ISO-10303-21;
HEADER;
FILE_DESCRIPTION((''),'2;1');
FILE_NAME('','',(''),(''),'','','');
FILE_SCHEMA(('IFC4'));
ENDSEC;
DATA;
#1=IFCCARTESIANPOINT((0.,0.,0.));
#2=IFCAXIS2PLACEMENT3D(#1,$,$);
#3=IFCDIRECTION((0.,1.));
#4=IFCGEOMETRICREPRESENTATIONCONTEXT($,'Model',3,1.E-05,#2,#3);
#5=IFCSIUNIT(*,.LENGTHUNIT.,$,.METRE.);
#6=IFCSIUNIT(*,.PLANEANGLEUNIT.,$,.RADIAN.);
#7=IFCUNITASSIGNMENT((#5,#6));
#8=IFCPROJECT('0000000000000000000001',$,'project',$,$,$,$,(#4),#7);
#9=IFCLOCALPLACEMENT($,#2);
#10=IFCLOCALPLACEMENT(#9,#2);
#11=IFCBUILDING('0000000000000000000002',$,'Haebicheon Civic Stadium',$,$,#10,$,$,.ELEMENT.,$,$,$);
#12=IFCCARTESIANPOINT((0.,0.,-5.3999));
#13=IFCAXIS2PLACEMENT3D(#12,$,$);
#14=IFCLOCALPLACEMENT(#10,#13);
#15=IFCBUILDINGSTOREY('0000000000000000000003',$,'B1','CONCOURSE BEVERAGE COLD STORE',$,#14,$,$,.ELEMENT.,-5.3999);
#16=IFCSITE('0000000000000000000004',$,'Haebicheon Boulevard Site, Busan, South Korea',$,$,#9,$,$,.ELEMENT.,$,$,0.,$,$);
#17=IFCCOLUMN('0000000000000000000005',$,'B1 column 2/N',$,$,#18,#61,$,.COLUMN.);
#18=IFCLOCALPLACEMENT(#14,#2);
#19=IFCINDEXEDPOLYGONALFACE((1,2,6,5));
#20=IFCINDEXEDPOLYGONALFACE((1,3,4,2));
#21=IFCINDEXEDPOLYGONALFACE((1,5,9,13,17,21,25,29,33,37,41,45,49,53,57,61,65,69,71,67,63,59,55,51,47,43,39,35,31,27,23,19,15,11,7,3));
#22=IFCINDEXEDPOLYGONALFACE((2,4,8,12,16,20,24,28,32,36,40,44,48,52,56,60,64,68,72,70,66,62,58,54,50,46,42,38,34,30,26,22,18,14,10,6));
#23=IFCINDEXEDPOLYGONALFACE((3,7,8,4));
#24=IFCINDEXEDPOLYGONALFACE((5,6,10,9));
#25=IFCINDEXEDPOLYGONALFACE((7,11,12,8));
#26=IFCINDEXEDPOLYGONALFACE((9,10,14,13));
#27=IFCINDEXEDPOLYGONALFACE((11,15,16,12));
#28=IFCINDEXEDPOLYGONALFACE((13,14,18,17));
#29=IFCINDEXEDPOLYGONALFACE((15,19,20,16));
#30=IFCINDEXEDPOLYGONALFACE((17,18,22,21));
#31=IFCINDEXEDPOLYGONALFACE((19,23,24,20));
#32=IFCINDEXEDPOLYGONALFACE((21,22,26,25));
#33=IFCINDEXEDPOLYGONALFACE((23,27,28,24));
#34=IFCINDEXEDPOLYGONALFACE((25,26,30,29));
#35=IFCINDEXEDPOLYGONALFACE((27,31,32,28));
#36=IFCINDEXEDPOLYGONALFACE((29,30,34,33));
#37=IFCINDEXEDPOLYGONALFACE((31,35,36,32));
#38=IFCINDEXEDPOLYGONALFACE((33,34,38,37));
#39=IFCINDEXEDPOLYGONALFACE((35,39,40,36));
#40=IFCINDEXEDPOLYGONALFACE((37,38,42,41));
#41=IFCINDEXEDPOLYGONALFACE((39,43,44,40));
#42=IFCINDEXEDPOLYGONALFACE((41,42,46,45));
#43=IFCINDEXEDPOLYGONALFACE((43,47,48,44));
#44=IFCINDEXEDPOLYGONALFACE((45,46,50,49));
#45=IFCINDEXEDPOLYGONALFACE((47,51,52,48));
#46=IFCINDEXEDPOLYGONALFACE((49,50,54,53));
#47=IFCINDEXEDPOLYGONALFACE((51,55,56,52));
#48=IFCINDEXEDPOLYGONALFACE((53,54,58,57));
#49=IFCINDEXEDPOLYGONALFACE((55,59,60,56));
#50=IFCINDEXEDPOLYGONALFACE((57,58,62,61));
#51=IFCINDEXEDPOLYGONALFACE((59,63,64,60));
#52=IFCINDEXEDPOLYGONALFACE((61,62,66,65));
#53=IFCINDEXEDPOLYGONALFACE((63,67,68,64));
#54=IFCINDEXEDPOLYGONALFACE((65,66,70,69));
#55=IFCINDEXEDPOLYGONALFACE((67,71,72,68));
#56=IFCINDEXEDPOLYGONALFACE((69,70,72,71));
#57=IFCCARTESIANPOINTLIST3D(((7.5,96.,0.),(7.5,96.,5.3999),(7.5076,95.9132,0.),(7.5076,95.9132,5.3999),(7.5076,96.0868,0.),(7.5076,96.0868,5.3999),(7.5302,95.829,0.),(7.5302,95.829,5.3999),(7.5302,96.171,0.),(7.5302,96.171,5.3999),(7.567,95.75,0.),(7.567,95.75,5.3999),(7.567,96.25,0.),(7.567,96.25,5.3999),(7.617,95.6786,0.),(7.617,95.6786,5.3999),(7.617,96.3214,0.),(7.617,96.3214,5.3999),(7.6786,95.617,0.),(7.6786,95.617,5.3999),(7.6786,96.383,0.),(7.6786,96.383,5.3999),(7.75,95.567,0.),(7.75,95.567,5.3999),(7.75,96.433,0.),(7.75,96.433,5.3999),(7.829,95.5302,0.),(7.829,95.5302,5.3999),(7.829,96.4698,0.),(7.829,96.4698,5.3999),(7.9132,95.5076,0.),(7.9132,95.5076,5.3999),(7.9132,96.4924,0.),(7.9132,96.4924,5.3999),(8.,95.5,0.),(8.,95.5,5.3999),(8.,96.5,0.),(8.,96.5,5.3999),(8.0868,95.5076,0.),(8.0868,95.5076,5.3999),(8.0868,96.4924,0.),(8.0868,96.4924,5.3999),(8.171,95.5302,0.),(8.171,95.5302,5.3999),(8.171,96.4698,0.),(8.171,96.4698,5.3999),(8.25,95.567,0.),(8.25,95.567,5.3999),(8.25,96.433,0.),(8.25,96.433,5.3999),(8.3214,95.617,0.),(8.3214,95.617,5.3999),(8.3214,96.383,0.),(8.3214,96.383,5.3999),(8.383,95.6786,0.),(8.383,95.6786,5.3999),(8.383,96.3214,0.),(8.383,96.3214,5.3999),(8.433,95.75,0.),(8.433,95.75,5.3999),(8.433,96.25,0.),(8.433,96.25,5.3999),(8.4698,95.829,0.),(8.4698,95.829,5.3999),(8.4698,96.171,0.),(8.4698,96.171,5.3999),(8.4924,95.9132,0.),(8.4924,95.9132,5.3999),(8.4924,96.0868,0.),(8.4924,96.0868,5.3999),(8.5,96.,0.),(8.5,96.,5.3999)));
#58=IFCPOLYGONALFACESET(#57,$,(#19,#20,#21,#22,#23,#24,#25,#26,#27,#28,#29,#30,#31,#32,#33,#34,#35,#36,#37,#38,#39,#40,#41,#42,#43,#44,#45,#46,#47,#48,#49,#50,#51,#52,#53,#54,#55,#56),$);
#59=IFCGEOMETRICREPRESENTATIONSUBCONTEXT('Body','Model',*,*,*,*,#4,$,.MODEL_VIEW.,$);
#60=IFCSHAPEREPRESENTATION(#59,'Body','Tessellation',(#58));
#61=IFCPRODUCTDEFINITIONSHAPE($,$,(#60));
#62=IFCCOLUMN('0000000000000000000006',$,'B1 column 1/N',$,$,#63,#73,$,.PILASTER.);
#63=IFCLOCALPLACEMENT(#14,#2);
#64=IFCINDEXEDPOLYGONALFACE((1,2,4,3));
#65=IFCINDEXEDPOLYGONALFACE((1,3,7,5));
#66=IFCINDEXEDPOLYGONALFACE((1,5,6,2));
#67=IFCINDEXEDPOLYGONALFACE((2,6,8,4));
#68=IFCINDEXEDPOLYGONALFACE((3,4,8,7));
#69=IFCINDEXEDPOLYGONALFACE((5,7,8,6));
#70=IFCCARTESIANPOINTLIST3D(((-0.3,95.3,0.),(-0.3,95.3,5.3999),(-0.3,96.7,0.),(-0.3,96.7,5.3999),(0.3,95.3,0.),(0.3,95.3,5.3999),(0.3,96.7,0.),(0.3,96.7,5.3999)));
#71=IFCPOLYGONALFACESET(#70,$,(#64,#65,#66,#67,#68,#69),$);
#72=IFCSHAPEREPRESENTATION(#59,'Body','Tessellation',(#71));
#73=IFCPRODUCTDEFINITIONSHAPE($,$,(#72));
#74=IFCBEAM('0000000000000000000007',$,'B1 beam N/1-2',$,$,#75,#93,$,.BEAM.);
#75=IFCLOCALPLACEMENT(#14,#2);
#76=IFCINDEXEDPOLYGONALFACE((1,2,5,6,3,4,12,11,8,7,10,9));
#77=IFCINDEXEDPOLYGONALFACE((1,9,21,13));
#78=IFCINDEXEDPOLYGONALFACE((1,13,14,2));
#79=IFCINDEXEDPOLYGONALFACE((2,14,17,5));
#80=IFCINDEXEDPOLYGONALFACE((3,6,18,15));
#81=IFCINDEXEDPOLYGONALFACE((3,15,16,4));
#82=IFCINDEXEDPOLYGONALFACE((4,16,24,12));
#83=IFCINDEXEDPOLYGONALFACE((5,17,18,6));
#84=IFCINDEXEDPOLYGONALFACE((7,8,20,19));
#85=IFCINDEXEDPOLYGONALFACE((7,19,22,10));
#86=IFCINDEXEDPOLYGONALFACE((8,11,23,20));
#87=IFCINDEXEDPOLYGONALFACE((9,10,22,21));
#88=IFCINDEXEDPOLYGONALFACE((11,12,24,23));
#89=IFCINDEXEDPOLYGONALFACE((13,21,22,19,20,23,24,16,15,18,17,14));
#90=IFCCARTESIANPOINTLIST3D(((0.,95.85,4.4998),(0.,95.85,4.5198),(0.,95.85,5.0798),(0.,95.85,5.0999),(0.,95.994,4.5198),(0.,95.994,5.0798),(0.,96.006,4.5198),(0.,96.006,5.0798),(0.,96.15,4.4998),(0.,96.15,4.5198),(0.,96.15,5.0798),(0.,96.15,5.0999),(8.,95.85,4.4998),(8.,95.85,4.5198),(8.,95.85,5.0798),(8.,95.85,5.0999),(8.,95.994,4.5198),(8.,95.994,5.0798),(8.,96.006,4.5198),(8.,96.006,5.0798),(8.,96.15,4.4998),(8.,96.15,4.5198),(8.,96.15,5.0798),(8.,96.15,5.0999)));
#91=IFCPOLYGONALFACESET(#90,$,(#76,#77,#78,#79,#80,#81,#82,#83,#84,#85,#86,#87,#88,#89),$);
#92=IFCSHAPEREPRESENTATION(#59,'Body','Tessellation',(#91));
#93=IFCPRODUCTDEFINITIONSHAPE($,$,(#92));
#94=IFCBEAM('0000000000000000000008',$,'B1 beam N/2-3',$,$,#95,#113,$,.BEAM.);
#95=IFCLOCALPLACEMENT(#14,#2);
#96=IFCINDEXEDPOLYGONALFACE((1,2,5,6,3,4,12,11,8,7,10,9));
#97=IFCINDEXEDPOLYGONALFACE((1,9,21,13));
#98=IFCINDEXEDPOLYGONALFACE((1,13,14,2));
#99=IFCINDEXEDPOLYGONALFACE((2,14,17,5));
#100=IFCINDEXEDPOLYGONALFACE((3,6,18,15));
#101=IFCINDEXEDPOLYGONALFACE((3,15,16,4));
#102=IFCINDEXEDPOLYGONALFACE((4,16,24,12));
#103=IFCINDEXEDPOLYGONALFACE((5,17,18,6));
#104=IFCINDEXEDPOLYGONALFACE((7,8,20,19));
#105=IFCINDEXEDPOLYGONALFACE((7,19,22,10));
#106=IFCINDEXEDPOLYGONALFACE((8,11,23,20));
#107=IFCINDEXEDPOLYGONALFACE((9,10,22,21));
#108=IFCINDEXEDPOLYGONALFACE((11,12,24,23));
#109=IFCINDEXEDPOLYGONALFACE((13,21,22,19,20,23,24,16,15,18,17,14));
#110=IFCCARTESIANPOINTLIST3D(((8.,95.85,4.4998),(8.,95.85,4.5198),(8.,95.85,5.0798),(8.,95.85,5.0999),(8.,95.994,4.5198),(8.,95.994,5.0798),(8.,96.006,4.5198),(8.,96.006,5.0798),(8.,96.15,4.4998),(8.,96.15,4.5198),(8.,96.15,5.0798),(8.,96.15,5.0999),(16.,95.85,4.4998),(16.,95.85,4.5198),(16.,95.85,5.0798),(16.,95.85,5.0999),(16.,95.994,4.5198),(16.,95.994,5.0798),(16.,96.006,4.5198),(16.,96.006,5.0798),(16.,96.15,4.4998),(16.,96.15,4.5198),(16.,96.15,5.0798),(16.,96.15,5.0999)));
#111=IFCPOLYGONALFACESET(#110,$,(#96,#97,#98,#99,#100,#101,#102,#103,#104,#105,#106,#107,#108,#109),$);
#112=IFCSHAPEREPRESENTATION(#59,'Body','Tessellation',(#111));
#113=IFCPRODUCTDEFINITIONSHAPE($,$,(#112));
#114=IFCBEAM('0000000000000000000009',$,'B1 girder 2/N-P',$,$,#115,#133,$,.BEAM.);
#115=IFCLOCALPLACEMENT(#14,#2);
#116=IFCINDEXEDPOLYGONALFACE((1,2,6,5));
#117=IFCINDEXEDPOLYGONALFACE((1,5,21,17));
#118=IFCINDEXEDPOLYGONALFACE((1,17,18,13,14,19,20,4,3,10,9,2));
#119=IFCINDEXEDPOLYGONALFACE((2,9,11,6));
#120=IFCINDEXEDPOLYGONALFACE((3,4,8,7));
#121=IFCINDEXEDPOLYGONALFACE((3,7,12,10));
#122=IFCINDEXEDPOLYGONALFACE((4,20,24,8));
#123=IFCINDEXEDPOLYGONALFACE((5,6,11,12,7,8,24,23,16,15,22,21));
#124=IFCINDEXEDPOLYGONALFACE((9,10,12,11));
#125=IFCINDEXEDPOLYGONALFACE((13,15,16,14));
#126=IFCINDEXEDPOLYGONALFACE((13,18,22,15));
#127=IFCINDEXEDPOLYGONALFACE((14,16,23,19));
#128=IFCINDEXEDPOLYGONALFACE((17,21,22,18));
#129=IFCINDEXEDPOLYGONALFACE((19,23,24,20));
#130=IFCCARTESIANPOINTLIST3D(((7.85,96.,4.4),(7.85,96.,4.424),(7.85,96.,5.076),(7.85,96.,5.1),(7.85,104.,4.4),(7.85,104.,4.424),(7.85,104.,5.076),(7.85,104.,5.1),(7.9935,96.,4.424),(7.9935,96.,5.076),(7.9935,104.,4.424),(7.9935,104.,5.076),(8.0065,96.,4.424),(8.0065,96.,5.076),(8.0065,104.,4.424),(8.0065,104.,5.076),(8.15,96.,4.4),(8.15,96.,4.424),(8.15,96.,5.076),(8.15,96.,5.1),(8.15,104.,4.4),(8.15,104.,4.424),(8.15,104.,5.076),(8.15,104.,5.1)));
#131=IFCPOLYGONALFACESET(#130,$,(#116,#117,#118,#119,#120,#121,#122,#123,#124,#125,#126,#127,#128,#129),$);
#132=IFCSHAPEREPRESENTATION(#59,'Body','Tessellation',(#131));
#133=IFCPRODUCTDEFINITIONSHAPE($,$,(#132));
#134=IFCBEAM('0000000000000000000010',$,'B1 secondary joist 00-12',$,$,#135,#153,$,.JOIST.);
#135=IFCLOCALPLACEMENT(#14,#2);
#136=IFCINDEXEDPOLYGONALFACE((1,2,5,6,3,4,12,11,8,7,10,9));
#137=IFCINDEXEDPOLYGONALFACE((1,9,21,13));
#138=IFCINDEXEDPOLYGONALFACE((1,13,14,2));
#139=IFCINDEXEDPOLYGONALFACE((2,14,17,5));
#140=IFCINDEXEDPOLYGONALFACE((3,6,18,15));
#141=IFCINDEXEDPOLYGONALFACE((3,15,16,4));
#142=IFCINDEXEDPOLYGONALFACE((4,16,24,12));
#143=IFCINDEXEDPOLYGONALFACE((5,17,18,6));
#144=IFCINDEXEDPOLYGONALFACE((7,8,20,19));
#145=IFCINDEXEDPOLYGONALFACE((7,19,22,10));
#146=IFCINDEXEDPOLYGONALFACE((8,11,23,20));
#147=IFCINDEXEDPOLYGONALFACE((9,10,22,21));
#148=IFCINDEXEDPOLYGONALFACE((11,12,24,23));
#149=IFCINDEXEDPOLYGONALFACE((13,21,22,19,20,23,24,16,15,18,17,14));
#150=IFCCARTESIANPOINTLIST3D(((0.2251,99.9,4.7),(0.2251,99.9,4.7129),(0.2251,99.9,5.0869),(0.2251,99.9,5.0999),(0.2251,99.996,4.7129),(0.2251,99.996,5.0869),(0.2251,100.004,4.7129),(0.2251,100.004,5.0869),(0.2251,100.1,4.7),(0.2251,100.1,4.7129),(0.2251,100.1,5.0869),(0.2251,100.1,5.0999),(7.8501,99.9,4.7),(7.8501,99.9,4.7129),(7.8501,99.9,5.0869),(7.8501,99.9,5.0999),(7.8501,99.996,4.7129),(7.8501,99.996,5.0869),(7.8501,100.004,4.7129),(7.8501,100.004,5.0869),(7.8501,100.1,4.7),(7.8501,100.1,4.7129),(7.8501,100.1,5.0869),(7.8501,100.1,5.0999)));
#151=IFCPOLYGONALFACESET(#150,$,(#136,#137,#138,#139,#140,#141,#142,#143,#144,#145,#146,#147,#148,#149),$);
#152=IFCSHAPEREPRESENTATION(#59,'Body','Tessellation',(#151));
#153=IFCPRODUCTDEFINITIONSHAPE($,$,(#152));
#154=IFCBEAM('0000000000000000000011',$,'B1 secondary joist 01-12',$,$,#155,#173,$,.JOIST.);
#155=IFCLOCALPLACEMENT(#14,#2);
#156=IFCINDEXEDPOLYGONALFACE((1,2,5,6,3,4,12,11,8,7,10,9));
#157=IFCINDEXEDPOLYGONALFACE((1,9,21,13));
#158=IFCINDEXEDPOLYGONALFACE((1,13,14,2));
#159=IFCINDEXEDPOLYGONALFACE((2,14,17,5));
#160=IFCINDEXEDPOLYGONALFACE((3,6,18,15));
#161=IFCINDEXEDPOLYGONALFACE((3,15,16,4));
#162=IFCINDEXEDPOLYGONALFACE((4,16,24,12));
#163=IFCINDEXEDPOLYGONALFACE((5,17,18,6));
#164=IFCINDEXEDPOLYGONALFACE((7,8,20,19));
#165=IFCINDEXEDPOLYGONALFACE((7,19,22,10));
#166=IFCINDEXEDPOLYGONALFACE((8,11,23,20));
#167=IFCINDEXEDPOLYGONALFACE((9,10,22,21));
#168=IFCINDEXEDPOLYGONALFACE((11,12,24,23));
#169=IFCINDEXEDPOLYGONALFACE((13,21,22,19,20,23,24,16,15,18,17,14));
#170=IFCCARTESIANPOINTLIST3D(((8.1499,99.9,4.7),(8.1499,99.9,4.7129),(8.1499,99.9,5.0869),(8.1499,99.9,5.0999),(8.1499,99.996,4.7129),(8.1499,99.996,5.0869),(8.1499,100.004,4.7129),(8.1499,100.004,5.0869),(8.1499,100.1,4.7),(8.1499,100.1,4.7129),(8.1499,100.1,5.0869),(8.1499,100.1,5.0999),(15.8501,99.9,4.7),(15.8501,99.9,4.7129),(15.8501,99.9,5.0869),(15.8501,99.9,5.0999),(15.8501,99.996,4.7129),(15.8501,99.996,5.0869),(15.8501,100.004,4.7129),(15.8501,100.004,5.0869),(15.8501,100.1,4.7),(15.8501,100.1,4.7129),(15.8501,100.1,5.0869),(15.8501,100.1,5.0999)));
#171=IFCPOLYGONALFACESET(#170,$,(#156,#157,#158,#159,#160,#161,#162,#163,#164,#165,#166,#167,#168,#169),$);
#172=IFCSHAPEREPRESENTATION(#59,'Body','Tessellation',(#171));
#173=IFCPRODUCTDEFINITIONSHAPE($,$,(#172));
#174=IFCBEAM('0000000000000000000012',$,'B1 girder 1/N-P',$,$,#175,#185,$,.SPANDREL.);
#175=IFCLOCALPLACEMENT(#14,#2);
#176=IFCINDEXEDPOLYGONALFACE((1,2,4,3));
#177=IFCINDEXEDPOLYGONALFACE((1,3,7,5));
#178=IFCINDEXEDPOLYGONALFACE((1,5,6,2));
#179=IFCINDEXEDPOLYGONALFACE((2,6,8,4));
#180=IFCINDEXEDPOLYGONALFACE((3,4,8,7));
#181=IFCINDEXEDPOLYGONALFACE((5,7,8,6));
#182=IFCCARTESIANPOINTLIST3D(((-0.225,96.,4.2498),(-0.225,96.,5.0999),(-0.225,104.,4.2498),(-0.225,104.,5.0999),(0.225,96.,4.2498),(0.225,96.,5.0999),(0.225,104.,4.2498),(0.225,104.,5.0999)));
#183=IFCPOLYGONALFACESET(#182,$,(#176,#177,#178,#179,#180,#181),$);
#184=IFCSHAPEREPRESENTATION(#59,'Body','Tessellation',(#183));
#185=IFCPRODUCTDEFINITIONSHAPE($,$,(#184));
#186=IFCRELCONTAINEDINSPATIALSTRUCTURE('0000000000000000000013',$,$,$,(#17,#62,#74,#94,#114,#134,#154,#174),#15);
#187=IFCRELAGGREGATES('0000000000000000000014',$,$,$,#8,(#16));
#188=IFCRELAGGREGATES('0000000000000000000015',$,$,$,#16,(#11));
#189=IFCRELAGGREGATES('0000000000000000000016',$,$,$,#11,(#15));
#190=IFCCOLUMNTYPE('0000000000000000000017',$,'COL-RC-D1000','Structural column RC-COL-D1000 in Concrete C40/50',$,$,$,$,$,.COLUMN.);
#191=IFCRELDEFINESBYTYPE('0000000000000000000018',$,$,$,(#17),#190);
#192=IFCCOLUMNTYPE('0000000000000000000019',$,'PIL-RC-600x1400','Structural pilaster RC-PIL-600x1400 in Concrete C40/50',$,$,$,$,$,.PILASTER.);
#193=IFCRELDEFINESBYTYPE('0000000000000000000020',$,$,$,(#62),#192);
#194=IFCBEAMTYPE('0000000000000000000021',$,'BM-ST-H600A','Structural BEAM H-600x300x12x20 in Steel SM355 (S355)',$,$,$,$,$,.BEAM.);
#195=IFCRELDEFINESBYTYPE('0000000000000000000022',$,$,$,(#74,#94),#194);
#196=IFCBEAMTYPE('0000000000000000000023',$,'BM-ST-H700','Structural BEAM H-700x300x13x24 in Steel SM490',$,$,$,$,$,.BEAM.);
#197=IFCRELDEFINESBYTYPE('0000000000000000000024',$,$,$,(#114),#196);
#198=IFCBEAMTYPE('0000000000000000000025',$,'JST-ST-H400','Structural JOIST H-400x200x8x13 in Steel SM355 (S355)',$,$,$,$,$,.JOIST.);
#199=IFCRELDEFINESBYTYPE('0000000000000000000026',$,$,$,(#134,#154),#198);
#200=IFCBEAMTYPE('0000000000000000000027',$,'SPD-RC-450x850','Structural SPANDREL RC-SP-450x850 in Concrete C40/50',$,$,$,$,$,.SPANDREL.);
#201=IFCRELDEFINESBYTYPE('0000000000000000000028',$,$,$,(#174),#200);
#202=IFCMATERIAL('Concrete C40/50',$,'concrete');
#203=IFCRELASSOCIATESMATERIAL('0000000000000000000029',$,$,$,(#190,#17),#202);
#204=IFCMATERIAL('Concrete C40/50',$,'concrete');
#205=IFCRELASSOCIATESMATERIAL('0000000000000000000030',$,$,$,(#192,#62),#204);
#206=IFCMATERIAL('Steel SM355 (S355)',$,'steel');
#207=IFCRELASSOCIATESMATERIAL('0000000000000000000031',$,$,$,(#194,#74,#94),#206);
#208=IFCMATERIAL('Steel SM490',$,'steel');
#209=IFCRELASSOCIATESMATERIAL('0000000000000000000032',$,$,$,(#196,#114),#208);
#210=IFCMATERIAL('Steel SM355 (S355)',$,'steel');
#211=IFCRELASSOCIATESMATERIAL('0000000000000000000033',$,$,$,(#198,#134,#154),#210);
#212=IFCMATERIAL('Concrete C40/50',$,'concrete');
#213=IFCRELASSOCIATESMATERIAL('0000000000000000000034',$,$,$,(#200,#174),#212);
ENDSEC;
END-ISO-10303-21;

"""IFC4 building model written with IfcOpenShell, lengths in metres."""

from ifc_helpers import new_model, si_unit, direction, frame, origin, origin_2d, place, context, subcontext, project, spatial, rectangle, circle, i_section, extrude, material, material_profile, profile_set, type_object, element, save


model = new_model("IFC4")

# Units and contexts
model_context = context("Model", 3, precision=1e-05, world=origin(), true_north=direction((0.0, 1.0)))
body_context = subcontext(model_context, "Body", "Model", "MODEL_VIEW")
ifc_project = project(units=[si_unit("LENGTHUNIT", "METRE"), si_unit("PLANEANGLEUNIT", "RADIAN")], contexts=[model_context])

# Site, building, storey
site_placement = place(None, origin())
site = spatial("IfcSite", under=ifc_project, at=site_placement, Name="Haebicheon Boulevard Site, Busan, South Korea", CompositionType="ELEMENT", RefElevation=0.0)
building_placement = place(site_placement, origin())
building = spatial("IfcBuilding", under=site, at=building_placement, Name="Haebicheon Civic Stadium", CompositionType="ELEMENT")
storey_placement = place(building_placement, frame((0.0, 0.0, -5.3999)))
storey = spatial("IfcBuildingStorey", under=building, at=storey_placement, Name="B1", Description="CONCOURSE BEVERAGE COLD STORE", CompositionType="ELEMENT", Elevation=-5.3999)

# Columns
ifc_material_1 = material(Name="Concrete C40/50", Category="concrete")
ifc_material_profile_1 = material_profile(ifc_material_1, circle(Radius=0.5, at=origin_2d()), Name="RC-COL-D1000")
ifc_profile_set_1 = profile_set([ifc_material_profile_1], Name="Concrete C40/50")
column_type_1 = type_object("IfcColumnType", Name="COL-RC-D1000", Description="Structural column RC-COL-D1000 in Concrete C40/50", PredefinedType="COLUMN", material=ifc_profile_set_1)
column_1_placement = place(storey_placement, frame((8.0, 96.0, 0.0), z_axis=(0.0, 0.0, 1.0), x_axis=(1.0, 0.0, 0.0)))
element("IfcColumn", 1, at=column_1_placement, inside=storey, type_object=column_type_1, material=ifc_profile_set_1, Name="B1 column 2/N", PredefinedType="COLUMN", context=body_context, shape_type="SweptSolid", body=[
    extrude(circle(Radius=0.5, at=origin_2d()), origin(), (0.0, 0.0, 1.0), 5.3999),
])
ifc_material_2 = material(Name="Concrete C40/50", Category="concrete")
ifc_material_profile_2 = material_profile(ifc_material_2, rectangle(XDim=0.6001, YDim=1.3999, at=origin_2d()), Name="RC-PIL-600x1400")
ifc_profile_set_2 = profile_set([ifc_material_profile_2], Name="Concrete C40/50")
column_type_2 = type_object("IfcColumnType", Name="PIL-RC-600x1400", Description="Structural pilaster RC-PIL-600x1400 in Concrete C40/50", PredefinedType="PILASTER", material=ifc_profile_set_2)
column_2_placement = place(storey_placement, frame((0.0, 96.0, 0.0), z_axis=(0.0, 0.0, 1.0), x_axis=(1.0, 0.0, 0.0)))
element("IfcColumn", 2, at=column_2_placement, inside=storey, type_object=column_type_2, material=ifc_profile_set_2, Name="B1 column 1/N", PredefinedType="PILASTER", context=body_context, shape_type="SweptSolid", body=[
    extrude(rectangle(XDim=0.6001, YDim=1.3999, at=origin_2d()), origin(), (0.0, 0.0, 1.0), 5.3999),
])

# Beams
ifc_material_3 = material(Name="Steel SM355 (S355)", Category="steel")
ifc_material_profile_3 = material_profile(ifc_material_3, i_section(OverallWidth=0.3, OverallDepth=0.6001, WebThickness=0.012, FlangeThickness=0.02, at=origin_2d()), Name="H-600x300x12x20")
ifc_profile_set_3 = profile_set([ifc_material_profile_3], Name="Steel SM355 (S355)")
beam_type_1 = type_object("IfcBeamType", Name="BM-ST-H600A", Description="Structural BEAM H-600x300x12x20 in Steel SM355 (S355)", PredefinedType="BEAM", material=ifc_profile_set_3)
for number, where, z_axis, x_axis, name in (
    (3, (0.0, 96.0, 4.7998), (1.0, 0.0, 0.0), (0.0, 1.0, 0.0), "B1 beam N/1-2"),
    (4, (8.0, 96.0, 4.7998), (1.0, 0.0, 0.0), (0.0, 1.0, 0.0), "B1 beam N/2-3"),
):
    element("IfcBeam", number, at=place(storey_placement, frame(where, z_axis=z_axis, x_axis=x_axis)), inside=storey, type_object=beam_type_1, material=ifc_profile_set_3, Name=name, PredefinedType="BEAM", context=body_context, shape_type="SweptSolid", body=[
        extrude(i_section(OverallWidth=0.3, OverallDepth=0.6001, WebThickness=0.012, FlangeThickness=0.02, at=origin_2d()), origin(), (0.0, 0.0, 1.0), 8.0),
    ])
ifc_material_4 = material(Name="Steel SM490", Category="steel")
ifc_material_profile_4 = material_profile(ifc_material_4, i_section(OverallWidth=0.3, OverallDepth=0.7, WebThickness=0.0129, FlangeThickness=0.0239, at=origin_2d()), Name="H-700x300x13x24")
ifc_profile_set_4 = profile_set([ifc_material_profile_4], Name="Steel SM490")
beam_type_2 = type_object("IfcBeamType", Name="BM-ST-H700", Description="Structural BEAM H-700x300x13x24 in Steel SM490", PredefinedType="BEAM", material=ifc_profile_set_4)
beam_1_placement = place(storey_placement, frame((8.0, 96.0, 4.75), z_axis=(0.0, 1.0, 0.0), x_axis=(-1.0, 0.0, 0.0)))
element("IfcBeam", 5, at=beam_1_placement, inside=storey, type_object=beam_type_2, material=ifc_profile_set_4, Name="B1 girder 2/N-P", PredefinedType="BEAM", context=body_context, shape_type="SweptSolid", body=[
    extrude(i_section(OverallWidth=0.3, OverallDepth=0.7, WebThickness=0.0129, FlangeThickness=0.0239, at=origin_2d()), origin(), (0.0, 0.0, 1.0), 8.0),
])
ifc_material_5 = material(Name="Steel SM355 (S355)", Category="steel")
ifc_material_profile_5 = material_profile(ifc_material_5, i_section(OverallWidth=0.2, OverallDepth=0.3999, WebThickness=0.0081, FlangeThickness=0.0129, at=origin_2d()), Name="H-400x200x8x13")
ifc_profile_set_5 = profile_set([ifc_material_profile_5], Name="Steel SM355 (S355)")
beam_type_3 = type_object("IfcBeamType", Name="JST-ST-H400", Description="Structural JOIST H-400x200x8x13 in Steel SM355 (S355)", PredefinedType="JOIST", material=ifc_profile_set_5)
beam_2_placement = place(storey_placement, frame((0.2251, 100.0, 4.8999), z_axis=(1.0, 0.0, 0.0), x_axis=(0.0, 1.0, 0.0)))
element("IfcBeam", 6, at=beam_2_placement, inside=storey, type_object=beam_type_3, material=ifc_profile_set_5, Name="B1 secondary joist 00-12", PredefinedType="JOIST", context=body_context, shape_type="SweptSolid", body=[
    extrude(i_section(OverallWidth=0.2, OverallDepth=0.3999, WebThickness=0.0081, FlangeThickness=0.0129, at=origin_2d()), origin(), (0.0, 0.0, 1.0), 7.625),
])
beam_3_placement = place(storey_placement, frame((8.1499, 100.0, 4.8999), z_axis=(1.0, 0.0, 0.0), x_axis=(0.0, 1.0, 0.0)))
element("IfcBeam", 7, at=beam_3_placement, inside=storey, type_object=beam_type_3, material=ifc_profile_set_5, Name="B1 secondary joist 01-12", PredefinedType="JOIST", context=body_context, shape_type="SweptSolid", body=[
    extrude(i_section(OverallWidth=0.2, OverallDepth=0.3999, WebThickness=0.0081, FlangeThickness=0.0129, at=origin_2d()), origin(), (0.0, 0.0, 1.0), 7.7002),
])
ifc_material_6 = material(Name="Concrete C40/50", Category="concrete")
ifc_material_profile_6 = material_profile(ifc_material_6, rectangle(XDim=0.45, YDim=0.8501, at=origin_2d()), Name="RC-SP-450x850")
ifc_profile_set_6 = profile_set([ifc_material_profile_6], Name="Concrete C40/50")
beam_type_4 = type_object("IfcBeamType", Name="SPD-RC-450x850", Description="Structural SPANDREL RC-SP-450x850 in Concrete C40/50", PredefinedType="SPANDREL", material=ifc_profile_set_6)
beam_4_placement = place(storey_placement, frame((0.0, 96.0, 4.6748), z_axis=(0.0, 1.0, 0.0), x_axis=(-1.0, 0.0, 0.0)))
element("IfcBeam", 8, at=beam_4_placement, inside=storey, type_object=beam_type_4, material=ifc_profile_set_6, Name="B1 girder 1/N-P", PredefinedType="SPANDREL", context=body_context, shape_type="SweptSolid", body=[
    extrude(rectangle(XDim=0.45, YDim=0.8501, at=origin_2d()), origin(), (0.0, 0.0, 1.0), 8.0),
])

save(model, "model.ifc")
